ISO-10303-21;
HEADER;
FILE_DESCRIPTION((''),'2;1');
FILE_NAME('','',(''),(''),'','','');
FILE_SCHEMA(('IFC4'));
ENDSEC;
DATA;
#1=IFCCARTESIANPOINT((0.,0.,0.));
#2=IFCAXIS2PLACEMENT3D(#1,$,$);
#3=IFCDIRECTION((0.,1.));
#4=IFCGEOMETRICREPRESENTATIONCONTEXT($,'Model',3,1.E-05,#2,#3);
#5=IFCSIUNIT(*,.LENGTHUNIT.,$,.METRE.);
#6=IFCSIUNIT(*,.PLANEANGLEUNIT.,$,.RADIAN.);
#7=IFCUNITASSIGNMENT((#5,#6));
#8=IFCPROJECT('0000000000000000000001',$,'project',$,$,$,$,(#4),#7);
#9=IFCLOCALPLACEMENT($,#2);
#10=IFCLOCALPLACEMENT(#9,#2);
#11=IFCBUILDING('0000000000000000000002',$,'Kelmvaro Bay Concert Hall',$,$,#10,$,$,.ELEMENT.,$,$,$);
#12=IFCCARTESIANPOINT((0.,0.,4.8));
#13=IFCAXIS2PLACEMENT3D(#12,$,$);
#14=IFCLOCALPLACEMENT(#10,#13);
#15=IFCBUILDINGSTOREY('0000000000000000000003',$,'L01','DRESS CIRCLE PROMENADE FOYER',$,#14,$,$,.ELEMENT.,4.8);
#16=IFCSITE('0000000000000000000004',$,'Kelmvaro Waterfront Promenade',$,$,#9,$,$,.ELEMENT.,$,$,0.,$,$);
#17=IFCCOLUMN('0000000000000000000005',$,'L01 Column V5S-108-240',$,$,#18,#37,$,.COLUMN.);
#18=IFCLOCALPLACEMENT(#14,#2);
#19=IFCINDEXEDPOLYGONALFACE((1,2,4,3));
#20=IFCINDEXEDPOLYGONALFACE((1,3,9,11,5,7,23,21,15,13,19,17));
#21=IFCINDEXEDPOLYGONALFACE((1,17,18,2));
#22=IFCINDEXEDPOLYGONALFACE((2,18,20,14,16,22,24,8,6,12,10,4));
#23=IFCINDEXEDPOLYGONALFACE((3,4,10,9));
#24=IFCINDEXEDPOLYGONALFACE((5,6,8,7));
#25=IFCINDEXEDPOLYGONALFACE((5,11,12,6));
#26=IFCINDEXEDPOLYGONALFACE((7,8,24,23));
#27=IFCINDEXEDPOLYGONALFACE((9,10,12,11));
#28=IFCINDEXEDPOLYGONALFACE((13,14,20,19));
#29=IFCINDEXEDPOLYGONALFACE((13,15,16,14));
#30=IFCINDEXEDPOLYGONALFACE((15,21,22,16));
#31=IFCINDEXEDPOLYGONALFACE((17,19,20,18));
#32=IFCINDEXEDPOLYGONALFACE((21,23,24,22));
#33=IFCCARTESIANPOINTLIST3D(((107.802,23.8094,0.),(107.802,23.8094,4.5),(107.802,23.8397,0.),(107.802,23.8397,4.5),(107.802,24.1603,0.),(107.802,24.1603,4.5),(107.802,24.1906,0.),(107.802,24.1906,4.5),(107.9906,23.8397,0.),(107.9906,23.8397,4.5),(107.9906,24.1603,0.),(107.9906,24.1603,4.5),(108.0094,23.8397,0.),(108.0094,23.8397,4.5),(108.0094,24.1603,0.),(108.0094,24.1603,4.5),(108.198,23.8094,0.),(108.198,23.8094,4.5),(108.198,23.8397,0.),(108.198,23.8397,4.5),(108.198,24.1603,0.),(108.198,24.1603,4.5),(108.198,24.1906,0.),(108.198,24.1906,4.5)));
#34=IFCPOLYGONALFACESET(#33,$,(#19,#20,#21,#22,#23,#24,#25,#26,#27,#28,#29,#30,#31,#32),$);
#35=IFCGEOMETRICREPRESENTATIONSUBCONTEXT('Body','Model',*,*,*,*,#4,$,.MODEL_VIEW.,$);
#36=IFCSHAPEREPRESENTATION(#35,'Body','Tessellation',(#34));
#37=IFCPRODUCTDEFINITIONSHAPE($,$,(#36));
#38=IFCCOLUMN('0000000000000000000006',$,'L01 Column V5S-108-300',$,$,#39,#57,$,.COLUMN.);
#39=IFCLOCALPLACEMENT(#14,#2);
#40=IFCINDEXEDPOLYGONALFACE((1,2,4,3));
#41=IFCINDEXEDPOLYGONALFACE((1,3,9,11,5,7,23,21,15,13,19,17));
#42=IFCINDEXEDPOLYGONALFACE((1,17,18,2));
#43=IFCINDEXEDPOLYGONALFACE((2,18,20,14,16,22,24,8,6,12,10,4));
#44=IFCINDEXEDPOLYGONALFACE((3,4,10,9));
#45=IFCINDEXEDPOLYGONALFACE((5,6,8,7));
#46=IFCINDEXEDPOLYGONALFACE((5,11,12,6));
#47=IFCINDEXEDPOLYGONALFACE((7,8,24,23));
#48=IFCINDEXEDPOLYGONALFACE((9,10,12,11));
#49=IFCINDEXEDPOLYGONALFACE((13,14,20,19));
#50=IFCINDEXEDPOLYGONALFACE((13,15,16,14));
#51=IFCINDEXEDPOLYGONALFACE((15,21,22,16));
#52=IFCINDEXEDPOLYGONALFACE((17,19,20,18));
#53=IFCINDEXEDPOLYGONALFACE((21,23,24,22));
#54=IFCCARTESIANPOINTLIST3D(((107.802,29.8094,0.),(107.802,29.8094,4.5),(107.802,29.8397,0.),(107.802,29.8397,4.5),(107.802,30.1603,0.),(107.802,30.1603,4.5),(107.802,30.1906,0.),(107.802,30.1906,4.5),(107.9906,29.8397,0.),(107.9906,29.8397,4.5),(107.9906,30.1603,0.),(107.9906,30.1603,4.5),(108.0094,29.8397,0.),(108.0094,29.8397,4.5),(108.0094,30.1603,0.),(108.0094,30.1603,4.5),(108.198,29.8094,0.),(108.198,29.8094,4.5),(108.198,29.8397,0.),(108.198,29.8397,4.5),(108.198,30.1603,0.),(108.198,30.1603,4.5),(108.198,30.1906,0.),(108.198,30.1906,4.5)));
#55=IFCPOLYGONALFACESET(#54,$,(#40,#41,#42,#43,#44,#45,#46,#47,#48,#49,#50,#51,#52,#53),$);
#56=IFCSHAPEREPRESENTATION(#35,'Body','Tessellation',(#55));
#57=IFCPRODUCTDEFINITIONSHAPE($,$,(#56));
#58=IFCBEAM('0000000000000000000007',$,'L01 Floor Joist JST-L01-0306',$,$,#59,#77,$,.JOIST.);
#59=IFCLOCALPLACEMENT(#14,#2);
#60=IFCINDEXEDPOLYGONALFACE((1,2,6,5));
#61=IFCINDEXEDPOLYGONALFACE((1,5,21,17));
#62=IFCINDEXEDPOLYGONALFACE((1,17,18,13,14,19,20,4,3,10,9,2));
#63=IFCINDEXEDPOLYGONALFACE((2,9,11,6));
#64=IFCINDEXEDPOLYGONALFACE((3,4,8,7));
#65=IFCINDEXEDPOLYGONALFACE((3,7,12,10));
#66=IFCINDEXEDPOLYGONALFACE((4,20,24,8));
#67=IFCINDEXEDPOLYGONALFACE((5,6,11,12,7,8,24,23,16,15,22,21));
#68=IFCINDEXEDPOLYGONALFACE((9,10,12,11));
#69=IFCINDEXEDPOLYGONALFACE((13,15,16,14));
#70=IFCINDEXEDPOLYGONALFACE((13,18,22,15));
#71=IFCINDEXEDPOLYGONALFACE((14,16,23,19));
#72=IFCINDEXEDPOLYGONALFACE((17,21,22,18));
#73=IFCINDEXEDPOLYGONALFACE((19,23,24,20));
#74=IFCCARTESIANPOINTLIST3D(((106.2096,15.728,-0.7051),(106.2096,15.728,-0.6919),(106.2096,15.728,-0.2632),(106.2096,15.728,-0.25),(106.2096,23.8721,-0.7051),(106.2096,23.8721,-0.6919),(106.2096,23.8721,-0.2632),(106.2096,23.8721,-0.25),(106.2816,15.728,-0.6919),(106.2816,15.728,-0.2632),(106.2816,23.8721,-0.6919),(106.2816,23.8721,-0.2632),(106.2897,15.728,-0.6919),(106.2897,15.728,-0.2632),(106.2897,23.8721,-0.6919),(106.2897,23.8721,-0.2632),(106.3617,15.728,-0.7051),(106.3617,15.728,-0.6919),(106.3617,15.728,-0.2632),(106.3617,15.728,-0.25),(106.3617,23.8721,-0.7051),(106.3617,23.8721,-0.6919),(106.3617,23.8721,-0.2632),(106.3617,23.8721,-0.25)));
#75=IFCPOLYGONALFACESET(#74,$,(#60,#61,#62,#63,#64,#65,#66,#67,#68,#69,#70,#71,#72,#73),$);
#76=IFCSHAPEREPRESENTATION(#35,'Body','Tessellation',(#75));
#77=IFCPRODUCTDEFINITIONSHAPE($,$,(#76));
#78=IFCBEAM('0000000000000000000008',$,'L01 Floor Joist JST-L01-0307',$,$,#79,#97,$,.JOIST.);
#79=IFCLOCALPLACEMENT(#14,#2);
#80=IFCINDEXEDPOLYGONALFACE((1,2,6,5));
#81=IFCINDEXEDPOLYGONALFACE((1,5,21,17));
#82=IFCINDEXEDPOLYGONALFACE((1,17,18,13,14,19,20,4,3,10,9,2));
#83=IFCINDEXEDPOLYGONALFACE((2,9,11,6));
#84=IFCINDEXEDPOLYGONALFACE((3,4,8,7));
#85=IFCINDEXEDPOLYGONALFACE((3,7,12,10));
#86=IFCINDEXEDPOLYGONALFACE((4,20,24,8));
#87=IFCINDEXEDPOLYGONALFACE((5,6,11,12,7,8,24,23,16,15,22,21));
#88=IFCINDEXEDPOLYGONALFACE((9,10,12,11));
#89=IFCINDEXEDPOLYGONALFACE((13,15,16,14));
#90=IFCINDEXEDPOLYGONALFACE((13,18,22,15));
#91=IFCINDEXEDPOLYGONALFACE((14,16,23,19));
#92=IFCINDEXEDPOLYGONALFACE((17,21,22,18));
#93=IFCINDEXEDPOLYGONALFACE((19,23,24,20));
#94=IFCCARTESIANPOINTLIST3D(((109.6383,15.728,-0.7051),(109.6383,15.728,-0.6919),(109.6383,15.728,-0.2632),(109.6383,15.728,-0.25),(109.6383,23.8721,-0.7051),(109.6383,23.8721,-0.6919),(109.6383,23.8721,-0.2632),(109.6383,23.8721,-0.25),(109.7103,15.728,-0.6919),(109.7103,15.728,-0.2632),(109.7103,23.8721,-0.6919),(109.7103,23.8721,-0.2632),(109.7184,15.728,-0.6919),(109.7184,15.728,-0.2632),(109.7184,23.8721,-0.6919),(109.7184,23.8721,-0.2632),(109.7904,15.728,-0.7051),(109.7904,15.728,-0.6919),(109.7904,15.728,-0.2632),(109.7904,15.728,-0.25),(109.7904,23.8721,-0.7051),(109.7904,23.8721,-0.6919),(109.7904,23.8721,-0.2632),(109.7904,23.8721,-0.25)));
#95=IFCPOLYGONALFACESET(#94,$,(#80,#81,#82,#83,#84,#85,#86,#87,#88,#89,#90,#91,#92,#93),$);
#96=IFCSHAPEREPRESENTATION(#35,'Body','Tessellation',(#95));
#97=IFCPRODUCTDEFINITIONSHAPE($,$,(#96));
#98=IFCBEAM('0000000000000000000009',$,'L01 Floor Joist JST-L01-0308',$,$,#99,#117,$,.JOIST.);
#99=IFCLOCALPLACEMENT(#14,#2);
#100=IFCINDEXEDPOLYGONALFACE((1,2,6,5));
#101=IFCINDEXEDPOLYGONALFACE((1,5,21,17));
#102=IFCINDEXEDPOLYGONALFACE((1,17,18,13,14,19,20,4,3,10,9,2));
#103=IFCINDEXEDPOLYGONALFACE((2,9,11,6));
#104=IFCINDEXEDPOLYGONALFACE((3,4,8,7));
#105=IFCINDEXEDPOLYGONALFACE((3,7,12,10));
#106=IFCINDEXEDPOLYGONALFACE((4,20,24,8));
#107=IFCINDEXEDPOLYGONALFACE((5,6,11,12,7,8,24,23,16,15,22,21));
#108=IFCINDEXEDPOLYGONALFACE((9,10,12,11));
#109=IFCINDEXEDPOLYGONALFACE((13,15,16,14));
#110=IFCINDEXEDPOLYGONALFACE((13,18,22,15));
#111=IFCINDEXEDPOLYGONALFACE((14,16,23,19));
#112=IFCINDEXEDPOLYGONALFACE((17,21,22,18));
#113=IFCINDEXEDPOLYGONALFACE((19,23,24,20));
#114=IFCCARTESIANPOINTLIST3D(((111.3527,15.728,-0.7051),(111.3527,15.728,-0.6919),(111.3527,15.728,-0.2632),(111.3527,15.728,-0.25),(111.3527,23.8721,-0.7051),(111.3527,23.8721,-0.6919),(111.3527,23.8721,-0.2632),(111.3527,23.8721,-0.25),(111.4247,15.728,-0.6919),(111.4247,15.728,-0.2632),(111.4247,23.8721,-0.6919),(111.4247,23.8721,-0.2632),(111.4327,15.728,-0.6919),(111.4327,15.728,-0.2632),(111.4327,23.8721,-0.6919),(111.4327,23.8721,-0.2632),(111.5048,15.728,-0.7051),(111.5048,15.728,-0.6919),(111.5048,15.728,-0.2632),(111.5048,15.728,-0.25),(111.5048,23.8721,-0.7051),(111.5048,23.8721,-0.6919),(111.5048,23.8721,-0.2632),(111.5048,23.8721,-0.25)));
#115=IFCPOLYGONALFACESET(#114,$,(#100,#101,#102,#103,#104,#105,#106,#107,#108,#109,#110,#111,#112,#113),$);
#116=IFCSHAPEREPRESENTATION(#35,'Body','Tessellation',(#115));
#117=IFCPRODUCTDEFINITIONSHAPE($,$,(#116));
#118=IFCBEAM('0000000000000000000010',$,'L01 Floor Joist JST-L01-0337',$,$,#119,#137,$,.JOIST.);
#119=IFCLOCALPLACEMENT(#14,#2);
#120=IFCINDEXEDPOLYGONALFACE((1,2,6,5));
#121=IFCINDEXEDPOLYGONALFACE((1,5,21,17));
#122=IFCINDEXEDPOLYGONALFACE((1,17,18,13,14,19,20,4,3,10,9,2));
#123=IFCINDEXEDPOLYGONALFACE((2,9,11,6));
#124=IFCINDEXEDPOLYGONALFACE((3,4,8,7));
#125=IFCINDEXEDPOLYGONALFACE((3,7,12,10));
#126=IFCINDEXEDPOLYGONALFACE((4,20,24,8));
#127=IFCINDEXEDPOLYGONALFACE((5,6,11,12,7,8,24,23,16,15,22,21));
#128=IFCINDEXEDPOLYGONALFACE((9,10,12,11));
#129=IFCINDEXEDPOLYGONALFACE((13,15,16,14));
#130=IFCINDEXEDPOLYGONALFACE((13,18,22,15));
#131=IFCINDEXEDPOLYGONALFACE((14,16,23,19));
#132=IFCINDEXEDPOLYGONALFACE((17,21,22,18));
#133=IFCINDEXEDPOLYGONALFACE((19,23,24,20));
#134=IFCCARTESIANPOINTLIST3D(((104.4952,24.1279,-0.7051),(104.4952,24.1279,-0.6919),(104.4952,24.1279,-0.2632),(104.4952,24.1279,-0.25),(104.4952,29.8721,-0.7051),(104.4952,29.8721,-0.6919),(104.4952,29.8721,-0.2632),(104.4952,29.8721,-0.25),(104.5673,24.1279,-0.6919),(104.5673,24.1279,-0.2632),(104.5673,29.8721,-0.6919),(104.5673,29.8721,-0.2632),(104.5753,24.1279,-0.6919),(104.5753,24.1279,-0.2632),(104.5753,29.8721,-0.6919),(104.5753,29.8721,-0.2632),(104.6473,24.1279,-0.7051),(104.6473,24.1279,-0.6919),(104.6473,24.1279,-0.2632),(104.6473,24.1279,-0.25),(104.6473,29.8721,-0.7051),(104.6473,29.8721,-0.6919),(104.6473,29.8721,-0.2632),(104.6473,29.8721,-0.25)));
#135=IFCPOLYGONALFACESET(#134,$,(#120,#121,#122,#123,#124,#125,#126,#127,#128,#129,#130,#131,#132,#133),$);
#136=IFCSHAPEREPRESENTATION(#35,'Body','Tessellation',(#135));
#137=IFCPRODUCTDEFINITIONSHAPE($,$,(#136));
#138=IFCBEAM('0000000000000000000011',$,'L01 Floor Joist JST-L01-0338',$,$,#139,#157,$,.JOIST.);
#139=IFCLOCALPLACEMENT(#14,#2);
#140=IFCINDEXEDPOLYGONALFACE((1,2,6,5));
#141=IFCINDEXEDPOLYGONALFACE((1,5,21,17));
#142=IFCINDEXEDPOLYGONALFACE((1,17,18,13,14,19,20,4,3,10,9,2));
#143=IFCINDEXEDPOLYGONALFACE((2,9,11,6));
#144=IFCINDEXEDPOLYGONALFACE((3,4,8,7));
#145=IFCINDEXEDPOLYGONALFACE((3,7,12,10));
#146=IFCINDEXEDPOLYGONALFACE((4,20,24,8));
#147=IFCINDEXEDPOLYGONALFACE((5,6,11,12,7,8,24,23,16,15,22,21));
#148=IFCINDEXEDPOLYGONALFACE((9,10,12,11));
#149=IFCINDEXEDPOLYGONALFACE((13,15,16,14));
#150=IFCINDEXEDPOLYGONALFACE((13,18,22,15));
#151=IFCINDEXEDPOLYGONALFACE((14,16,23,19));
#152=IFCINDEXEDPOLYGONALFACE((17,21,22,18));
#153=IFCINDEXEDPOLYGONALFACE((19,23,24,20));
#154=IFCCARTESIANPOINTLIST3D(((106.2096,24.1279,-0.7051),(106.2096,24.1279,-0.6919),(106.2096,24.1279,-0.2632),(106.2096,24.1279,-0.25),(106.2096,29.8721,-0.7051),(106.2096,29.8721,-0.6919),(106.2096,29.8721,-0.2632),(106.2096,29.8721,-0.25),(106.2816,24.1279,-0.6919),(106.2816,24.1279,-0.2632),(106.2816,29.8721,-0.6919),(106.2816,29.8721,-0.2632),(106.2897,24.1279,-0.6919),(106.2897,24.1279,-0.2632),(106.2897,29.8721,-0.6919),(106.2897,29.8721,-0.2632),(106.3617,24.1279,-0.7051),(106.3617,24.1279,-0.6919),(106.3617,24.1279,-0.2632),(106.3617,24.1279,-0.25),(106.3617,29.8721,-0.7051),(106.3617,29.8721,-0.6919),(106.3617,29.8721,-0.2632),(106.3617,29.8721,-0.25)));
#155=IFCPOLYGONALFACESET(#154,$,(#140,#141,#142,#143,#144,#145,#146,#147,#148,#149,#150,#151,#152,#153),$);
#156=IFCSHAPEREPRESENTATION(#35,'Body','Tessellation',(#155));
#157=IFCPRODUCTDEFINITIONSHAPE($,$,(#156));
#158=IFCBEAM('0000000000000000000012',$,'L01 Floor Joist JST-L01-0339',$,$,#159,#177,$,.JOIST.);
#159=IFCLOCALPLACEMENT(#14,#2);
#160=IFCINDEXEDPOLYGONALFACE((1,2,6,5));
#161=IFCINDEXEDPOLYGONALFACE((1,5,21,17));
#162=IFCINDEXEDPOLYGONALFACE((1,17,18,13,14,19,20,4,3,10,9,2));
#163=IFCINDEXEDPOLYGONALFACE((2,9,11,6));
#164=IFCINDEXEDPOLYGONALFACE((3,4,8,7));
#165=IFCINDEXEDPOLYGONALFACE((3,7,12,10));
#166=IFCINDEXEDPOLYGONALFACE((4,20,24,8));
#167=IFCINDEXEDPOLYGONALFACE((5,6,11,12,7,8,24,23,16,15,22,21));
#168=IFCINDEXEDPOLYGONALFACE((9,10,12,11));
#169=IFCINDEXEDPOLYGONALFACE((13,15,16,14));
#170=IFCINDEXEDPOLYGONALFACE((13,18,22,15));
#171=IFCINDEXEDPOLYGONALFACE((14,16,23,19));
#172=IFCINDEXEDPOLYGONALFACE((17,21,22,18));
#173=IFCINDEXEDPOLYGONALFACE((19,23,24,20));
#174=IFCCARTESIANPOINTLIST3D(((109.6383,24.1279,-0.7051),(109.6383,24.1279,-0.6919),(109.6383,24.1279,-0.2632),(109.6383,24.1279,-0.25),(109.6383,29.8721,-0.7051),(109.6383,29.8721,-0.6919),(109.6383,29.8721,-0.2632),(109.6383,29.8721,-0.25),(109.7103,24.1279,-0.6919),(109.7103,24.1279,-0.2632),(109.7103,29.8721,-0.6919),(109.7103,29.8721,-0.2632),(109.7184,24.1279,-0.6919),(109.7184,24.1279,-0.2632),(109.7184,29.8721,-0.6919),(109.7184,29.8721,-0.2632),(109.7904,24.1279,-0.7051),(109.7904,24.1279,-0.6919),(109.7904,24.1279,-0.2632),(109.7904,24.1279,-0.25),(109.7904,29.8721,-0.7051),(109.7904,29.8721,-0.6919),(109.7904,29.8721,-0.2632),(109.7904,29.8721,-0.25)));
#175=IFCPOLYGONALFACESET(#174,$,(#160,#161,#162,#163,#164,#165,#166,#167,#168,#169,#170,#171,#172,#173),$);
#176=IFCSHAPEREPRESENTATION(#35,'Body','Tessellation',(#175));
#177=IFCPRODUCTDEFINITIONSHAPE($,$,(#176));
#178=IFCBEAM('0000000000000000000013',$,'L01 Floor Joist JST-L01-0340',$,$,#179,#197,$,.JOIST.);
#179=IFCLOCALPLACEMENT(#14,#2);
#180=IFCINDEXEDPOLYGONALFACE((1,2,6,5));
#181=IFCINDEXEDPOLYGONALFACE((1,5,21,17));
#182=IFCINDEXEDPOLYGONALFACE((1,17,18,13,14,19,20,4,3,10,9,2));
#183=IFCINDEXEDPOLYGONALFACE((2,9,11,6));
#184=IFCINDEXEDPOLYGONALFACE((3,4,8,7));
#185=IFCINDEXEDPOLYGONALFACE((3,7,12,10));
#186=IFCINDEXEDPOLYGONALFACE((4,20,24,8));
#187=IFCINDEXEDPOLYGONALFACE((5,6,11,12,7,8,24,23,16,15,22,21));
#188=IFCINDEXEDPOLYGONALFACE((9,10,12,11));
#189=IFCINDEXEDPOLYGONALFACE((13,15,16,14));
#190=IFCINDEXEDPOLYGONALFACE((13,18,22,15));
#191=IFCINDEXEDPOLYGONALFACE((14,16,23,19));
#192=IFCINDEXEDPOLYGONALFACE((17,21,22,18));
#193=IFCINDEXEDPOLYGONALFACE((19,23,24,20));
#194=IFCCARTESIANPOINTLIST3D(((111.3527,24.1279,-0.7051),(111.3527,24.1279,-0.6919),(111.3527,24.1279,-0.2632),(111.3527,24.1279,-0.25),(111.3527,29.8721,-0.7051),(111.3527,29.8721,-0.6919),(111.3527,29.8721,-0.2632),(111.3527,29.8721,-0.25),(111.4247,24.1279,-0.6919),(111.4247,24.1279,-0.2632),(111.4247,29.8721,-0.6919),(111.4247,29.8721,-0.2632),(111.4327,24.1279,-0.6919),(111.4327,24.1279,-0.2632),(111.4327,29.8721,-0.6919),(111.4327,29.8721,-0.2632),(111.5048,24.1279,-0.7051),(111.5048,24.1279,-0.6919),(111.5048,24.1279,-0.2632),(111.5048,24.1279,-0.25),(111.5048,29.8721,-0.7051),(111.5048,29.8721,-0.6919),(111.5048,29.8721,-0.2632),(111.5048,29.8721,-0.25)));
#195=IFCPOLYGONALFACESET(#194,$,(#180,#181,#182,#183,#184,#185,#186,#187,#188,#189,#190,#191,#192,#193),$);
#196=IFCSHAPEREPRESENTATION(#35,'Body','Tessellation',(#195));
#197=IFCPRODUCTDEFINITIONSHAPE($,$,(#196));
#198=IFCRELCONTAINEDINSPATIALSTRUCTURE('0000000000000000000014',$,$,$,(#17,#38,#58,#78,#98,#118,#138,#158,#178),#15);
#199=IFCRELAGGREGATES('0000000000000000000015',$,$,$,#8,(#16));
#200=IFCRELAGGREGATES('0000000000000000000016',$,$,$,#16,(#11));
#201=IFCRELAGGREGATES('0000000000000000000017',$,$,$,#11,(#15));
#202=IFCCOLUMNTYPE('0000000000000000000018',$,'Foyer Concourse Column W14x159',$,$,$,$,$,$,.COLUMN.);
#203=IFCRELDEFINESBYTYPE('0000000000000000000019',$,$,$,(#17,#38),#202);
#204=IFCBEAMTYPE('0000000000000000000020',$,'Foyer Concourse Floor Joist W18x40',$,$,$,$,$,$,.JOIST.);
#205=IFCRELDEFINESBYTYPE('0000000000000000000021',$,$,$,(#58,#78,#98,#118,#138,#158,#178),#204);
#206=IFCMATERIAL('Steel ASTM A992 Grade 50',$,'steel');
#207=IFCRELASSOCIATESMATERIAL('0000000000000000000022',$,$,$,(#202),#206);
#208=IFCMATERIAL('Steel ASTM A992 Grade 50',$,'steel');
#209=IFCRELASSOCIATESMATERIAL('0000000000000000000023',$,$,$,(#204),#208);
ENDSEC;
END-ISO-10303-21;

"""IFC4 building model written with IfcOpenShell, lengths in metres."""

from ifc_helpers import new_model, si_unit, direction, frame, origin, origin_2d, place, context, subcontext, project, spatial, i_section, extrude, material, material_profile, profile_set, type_object, element, save


model = new_model("IFC4")

# Units and contexts
model_context = context("Model", 3, precision=1e-05, world=origin(), true_north=direction((0.0, 1.0)))
body_context = subcontext(model_context, "Body", "Model", "MODEL_VIEW")
ifc_project = project(units=[si_unit("LENGTHUNIT", "METRE"), si_unit("PLANEANGLEUNIT", "RADIAN")], contexts=[model_context])

# Site, building, storey
site_placement = place(None, origin())
site = spatial("IfcSite", under=ifc_project, at=site_placement, Name="Kelmvaro Waterfront Promenade", CompositionType="ELEMENT", RefElevation=0.0)
building_placement = place(site_placement, origin())
building = spatial("IfcBuilding", under=site, at=building_placement, Name="Kelmvaro Bay Concert Hall", CompositionType="ELEMENT")
storey_placement = place(building_placement, frame((0.0, 0.0, 4.8)))
storey = spatial("IfcBuildingStorey", under=building, at=storey_placement, Name="L01", Description="DRESS CIRCLE PROMENADE FOYER", CompositionType="ELEMENT", Elevation=4.8)

# Columns
ifc_material_1 = material(Name="Steel ASTM A992 Grade 50", Category="steel")
ifc_material_profile_1 = material_profile(ifc_material_1, i_section(OverallWidth=0.396, OverallDepth=0.3811, WebThickness=0.0188, FlangeThickness=0.0303, at=origin_2d()), Name="W14X159")
ifc_profile_set_1 = profile_set([ifc_material_profile_1], Name="Steel ASTM A992 Grade 50")
column_type = type_object("IfcColumnType", Name="Foyer Concourse Column W14x159", PredefinedType="COLUMN", material=ifc_profile_set_1)
for number, where, z_axis, x_axis, name in (
    (1, (108.0, 24.0, 0.0), (0.0, 0.0, 1.0), (1.0, 0.0, 0.0), "L01 Column V5S-108-240"),
    (2, (108.0, 30.0, 0.0), (0.0, 0.0, 1.0), (1.0, 0.0, 0.0), "L01 Column V5S-108-300"),
):
    element("IfcColumn", number, at=place(storey_placement, frame(where, z_axis=z_axis, x_axis=x_axis)), inside=storey, type_object=column_type, Name=name, PredefinedType="COLUMN", context=body_context, shape_type="SweptSolid", body=[
        extrude(i_section(OverallWidth=0.396, OverallDepth=0.3811, WebThickness=0.0188, FlangeThickness=0.0303, at=origin_2d()), origin(), (0.0, 0.0, 1.0), 4.5),
    ])

# Beams
ifc_material_2 = material(Name="Steel ASTM A992 Grade 50", Category="steel")
ifc_material_profile_2 = material_profile(ifc_material_2, i_section(OverallWidth=0.1521, OverallDepth=0.4551, WebThickness=0.0081, FlangeThickness=0.0132, at=origin_2d()), Name="W18X40")
ifc_profile_set_2 = profile_set([ifc_material_profile_2], Name="Steel ASTM A992 Grade 50")
beam_type_1 = type_object("IfcBeamType", Name="Foyer Concourse Floor Joist W18x40", PredefinedType="JOIST", material=ifc_profile_set_2)
for number, where, z_axis, x_axis, name in (
    (3, (106.2856, 15.728, -0.4775), (0.0, 1.0, 0.0), (-1.0, 0.0, 0.0), "L01 Floor Joist JST-L01-0306"),
    (4, (109.7144, 15.728, -0.4775), (0.0, 1.0, 0.0), (-1.0, 0.0, 0.0), "L01 Floor Joist JST-L01-0307"),
    (5, (111.4287, 15.728, -0.4775), (0.0, 1.0, 0.0), (-1.0, 0.0, 0.0), "L01 Floor Joist JST-L01-0308"),
):
    element("IfcBeam", number, at=place(storey_placement, frame(where, z_axis=z_axis, x_axis=x_axis)), inside=storey, type_object=beam_type_1, Name=name, PredefinedType="JOIST", context=body_context, shape_type="SweptSolid", body=[
        extrude(i_section(OverallWidth=0.1521, OverallDepth=0.4551, WebThickness=0.0081, FlangeThickness=0.0132, at=origin_2d()), origin(), (0.0, 0.0, 1.0), 8.144),
    ])
for number, where, z_axis, x_axis, name in (
    (6, (104.5713, 24.1279, -0.4775), (0.0, 1.0, 0.0), (-1.0, 0.0, 0.0), "L01 Floor Joist JST-L01-0337"),
    (7, (106.2856, 24.1279, -0.4775), (0.0, 1.0, 0.0), (-1.0, 0.0, 0.0), "L01 Floor Joist JST-L01-0338"),
    (8, (109.7144, 24.1279, -0.4775), (0.0, 1.0, 0.0), (-1.0, 0.0, 0.0), "L01 Floor Joist JST-L01-0339"),
    (9, (111.4287, 24.1279, -0.4775), (0.0, 1.0, 0.0), (-1.0, 0.0, 0.0), "L01 Floor Joist JST-L01-0340"),
):
    element("IfcBeam", number, at=place(storey_placement, frame(where, z_axis=z_axis, x_axis=x_axis)), inside=storey, type_object=beam_type_1, Name=name, PredefinedType="JOIST", context=body_context, shape_type="SweptSolid", body=[
        extrude(i_section(OverallWidth=0.1521, OverallDepth=0.4551, WebThickness=0.0081, FlangeThickness=0.0132, at=origin_2d()), origin(), (0.0, 0.0, 1.0), 5.7441),
    ])

save(model, "model.ifc")
